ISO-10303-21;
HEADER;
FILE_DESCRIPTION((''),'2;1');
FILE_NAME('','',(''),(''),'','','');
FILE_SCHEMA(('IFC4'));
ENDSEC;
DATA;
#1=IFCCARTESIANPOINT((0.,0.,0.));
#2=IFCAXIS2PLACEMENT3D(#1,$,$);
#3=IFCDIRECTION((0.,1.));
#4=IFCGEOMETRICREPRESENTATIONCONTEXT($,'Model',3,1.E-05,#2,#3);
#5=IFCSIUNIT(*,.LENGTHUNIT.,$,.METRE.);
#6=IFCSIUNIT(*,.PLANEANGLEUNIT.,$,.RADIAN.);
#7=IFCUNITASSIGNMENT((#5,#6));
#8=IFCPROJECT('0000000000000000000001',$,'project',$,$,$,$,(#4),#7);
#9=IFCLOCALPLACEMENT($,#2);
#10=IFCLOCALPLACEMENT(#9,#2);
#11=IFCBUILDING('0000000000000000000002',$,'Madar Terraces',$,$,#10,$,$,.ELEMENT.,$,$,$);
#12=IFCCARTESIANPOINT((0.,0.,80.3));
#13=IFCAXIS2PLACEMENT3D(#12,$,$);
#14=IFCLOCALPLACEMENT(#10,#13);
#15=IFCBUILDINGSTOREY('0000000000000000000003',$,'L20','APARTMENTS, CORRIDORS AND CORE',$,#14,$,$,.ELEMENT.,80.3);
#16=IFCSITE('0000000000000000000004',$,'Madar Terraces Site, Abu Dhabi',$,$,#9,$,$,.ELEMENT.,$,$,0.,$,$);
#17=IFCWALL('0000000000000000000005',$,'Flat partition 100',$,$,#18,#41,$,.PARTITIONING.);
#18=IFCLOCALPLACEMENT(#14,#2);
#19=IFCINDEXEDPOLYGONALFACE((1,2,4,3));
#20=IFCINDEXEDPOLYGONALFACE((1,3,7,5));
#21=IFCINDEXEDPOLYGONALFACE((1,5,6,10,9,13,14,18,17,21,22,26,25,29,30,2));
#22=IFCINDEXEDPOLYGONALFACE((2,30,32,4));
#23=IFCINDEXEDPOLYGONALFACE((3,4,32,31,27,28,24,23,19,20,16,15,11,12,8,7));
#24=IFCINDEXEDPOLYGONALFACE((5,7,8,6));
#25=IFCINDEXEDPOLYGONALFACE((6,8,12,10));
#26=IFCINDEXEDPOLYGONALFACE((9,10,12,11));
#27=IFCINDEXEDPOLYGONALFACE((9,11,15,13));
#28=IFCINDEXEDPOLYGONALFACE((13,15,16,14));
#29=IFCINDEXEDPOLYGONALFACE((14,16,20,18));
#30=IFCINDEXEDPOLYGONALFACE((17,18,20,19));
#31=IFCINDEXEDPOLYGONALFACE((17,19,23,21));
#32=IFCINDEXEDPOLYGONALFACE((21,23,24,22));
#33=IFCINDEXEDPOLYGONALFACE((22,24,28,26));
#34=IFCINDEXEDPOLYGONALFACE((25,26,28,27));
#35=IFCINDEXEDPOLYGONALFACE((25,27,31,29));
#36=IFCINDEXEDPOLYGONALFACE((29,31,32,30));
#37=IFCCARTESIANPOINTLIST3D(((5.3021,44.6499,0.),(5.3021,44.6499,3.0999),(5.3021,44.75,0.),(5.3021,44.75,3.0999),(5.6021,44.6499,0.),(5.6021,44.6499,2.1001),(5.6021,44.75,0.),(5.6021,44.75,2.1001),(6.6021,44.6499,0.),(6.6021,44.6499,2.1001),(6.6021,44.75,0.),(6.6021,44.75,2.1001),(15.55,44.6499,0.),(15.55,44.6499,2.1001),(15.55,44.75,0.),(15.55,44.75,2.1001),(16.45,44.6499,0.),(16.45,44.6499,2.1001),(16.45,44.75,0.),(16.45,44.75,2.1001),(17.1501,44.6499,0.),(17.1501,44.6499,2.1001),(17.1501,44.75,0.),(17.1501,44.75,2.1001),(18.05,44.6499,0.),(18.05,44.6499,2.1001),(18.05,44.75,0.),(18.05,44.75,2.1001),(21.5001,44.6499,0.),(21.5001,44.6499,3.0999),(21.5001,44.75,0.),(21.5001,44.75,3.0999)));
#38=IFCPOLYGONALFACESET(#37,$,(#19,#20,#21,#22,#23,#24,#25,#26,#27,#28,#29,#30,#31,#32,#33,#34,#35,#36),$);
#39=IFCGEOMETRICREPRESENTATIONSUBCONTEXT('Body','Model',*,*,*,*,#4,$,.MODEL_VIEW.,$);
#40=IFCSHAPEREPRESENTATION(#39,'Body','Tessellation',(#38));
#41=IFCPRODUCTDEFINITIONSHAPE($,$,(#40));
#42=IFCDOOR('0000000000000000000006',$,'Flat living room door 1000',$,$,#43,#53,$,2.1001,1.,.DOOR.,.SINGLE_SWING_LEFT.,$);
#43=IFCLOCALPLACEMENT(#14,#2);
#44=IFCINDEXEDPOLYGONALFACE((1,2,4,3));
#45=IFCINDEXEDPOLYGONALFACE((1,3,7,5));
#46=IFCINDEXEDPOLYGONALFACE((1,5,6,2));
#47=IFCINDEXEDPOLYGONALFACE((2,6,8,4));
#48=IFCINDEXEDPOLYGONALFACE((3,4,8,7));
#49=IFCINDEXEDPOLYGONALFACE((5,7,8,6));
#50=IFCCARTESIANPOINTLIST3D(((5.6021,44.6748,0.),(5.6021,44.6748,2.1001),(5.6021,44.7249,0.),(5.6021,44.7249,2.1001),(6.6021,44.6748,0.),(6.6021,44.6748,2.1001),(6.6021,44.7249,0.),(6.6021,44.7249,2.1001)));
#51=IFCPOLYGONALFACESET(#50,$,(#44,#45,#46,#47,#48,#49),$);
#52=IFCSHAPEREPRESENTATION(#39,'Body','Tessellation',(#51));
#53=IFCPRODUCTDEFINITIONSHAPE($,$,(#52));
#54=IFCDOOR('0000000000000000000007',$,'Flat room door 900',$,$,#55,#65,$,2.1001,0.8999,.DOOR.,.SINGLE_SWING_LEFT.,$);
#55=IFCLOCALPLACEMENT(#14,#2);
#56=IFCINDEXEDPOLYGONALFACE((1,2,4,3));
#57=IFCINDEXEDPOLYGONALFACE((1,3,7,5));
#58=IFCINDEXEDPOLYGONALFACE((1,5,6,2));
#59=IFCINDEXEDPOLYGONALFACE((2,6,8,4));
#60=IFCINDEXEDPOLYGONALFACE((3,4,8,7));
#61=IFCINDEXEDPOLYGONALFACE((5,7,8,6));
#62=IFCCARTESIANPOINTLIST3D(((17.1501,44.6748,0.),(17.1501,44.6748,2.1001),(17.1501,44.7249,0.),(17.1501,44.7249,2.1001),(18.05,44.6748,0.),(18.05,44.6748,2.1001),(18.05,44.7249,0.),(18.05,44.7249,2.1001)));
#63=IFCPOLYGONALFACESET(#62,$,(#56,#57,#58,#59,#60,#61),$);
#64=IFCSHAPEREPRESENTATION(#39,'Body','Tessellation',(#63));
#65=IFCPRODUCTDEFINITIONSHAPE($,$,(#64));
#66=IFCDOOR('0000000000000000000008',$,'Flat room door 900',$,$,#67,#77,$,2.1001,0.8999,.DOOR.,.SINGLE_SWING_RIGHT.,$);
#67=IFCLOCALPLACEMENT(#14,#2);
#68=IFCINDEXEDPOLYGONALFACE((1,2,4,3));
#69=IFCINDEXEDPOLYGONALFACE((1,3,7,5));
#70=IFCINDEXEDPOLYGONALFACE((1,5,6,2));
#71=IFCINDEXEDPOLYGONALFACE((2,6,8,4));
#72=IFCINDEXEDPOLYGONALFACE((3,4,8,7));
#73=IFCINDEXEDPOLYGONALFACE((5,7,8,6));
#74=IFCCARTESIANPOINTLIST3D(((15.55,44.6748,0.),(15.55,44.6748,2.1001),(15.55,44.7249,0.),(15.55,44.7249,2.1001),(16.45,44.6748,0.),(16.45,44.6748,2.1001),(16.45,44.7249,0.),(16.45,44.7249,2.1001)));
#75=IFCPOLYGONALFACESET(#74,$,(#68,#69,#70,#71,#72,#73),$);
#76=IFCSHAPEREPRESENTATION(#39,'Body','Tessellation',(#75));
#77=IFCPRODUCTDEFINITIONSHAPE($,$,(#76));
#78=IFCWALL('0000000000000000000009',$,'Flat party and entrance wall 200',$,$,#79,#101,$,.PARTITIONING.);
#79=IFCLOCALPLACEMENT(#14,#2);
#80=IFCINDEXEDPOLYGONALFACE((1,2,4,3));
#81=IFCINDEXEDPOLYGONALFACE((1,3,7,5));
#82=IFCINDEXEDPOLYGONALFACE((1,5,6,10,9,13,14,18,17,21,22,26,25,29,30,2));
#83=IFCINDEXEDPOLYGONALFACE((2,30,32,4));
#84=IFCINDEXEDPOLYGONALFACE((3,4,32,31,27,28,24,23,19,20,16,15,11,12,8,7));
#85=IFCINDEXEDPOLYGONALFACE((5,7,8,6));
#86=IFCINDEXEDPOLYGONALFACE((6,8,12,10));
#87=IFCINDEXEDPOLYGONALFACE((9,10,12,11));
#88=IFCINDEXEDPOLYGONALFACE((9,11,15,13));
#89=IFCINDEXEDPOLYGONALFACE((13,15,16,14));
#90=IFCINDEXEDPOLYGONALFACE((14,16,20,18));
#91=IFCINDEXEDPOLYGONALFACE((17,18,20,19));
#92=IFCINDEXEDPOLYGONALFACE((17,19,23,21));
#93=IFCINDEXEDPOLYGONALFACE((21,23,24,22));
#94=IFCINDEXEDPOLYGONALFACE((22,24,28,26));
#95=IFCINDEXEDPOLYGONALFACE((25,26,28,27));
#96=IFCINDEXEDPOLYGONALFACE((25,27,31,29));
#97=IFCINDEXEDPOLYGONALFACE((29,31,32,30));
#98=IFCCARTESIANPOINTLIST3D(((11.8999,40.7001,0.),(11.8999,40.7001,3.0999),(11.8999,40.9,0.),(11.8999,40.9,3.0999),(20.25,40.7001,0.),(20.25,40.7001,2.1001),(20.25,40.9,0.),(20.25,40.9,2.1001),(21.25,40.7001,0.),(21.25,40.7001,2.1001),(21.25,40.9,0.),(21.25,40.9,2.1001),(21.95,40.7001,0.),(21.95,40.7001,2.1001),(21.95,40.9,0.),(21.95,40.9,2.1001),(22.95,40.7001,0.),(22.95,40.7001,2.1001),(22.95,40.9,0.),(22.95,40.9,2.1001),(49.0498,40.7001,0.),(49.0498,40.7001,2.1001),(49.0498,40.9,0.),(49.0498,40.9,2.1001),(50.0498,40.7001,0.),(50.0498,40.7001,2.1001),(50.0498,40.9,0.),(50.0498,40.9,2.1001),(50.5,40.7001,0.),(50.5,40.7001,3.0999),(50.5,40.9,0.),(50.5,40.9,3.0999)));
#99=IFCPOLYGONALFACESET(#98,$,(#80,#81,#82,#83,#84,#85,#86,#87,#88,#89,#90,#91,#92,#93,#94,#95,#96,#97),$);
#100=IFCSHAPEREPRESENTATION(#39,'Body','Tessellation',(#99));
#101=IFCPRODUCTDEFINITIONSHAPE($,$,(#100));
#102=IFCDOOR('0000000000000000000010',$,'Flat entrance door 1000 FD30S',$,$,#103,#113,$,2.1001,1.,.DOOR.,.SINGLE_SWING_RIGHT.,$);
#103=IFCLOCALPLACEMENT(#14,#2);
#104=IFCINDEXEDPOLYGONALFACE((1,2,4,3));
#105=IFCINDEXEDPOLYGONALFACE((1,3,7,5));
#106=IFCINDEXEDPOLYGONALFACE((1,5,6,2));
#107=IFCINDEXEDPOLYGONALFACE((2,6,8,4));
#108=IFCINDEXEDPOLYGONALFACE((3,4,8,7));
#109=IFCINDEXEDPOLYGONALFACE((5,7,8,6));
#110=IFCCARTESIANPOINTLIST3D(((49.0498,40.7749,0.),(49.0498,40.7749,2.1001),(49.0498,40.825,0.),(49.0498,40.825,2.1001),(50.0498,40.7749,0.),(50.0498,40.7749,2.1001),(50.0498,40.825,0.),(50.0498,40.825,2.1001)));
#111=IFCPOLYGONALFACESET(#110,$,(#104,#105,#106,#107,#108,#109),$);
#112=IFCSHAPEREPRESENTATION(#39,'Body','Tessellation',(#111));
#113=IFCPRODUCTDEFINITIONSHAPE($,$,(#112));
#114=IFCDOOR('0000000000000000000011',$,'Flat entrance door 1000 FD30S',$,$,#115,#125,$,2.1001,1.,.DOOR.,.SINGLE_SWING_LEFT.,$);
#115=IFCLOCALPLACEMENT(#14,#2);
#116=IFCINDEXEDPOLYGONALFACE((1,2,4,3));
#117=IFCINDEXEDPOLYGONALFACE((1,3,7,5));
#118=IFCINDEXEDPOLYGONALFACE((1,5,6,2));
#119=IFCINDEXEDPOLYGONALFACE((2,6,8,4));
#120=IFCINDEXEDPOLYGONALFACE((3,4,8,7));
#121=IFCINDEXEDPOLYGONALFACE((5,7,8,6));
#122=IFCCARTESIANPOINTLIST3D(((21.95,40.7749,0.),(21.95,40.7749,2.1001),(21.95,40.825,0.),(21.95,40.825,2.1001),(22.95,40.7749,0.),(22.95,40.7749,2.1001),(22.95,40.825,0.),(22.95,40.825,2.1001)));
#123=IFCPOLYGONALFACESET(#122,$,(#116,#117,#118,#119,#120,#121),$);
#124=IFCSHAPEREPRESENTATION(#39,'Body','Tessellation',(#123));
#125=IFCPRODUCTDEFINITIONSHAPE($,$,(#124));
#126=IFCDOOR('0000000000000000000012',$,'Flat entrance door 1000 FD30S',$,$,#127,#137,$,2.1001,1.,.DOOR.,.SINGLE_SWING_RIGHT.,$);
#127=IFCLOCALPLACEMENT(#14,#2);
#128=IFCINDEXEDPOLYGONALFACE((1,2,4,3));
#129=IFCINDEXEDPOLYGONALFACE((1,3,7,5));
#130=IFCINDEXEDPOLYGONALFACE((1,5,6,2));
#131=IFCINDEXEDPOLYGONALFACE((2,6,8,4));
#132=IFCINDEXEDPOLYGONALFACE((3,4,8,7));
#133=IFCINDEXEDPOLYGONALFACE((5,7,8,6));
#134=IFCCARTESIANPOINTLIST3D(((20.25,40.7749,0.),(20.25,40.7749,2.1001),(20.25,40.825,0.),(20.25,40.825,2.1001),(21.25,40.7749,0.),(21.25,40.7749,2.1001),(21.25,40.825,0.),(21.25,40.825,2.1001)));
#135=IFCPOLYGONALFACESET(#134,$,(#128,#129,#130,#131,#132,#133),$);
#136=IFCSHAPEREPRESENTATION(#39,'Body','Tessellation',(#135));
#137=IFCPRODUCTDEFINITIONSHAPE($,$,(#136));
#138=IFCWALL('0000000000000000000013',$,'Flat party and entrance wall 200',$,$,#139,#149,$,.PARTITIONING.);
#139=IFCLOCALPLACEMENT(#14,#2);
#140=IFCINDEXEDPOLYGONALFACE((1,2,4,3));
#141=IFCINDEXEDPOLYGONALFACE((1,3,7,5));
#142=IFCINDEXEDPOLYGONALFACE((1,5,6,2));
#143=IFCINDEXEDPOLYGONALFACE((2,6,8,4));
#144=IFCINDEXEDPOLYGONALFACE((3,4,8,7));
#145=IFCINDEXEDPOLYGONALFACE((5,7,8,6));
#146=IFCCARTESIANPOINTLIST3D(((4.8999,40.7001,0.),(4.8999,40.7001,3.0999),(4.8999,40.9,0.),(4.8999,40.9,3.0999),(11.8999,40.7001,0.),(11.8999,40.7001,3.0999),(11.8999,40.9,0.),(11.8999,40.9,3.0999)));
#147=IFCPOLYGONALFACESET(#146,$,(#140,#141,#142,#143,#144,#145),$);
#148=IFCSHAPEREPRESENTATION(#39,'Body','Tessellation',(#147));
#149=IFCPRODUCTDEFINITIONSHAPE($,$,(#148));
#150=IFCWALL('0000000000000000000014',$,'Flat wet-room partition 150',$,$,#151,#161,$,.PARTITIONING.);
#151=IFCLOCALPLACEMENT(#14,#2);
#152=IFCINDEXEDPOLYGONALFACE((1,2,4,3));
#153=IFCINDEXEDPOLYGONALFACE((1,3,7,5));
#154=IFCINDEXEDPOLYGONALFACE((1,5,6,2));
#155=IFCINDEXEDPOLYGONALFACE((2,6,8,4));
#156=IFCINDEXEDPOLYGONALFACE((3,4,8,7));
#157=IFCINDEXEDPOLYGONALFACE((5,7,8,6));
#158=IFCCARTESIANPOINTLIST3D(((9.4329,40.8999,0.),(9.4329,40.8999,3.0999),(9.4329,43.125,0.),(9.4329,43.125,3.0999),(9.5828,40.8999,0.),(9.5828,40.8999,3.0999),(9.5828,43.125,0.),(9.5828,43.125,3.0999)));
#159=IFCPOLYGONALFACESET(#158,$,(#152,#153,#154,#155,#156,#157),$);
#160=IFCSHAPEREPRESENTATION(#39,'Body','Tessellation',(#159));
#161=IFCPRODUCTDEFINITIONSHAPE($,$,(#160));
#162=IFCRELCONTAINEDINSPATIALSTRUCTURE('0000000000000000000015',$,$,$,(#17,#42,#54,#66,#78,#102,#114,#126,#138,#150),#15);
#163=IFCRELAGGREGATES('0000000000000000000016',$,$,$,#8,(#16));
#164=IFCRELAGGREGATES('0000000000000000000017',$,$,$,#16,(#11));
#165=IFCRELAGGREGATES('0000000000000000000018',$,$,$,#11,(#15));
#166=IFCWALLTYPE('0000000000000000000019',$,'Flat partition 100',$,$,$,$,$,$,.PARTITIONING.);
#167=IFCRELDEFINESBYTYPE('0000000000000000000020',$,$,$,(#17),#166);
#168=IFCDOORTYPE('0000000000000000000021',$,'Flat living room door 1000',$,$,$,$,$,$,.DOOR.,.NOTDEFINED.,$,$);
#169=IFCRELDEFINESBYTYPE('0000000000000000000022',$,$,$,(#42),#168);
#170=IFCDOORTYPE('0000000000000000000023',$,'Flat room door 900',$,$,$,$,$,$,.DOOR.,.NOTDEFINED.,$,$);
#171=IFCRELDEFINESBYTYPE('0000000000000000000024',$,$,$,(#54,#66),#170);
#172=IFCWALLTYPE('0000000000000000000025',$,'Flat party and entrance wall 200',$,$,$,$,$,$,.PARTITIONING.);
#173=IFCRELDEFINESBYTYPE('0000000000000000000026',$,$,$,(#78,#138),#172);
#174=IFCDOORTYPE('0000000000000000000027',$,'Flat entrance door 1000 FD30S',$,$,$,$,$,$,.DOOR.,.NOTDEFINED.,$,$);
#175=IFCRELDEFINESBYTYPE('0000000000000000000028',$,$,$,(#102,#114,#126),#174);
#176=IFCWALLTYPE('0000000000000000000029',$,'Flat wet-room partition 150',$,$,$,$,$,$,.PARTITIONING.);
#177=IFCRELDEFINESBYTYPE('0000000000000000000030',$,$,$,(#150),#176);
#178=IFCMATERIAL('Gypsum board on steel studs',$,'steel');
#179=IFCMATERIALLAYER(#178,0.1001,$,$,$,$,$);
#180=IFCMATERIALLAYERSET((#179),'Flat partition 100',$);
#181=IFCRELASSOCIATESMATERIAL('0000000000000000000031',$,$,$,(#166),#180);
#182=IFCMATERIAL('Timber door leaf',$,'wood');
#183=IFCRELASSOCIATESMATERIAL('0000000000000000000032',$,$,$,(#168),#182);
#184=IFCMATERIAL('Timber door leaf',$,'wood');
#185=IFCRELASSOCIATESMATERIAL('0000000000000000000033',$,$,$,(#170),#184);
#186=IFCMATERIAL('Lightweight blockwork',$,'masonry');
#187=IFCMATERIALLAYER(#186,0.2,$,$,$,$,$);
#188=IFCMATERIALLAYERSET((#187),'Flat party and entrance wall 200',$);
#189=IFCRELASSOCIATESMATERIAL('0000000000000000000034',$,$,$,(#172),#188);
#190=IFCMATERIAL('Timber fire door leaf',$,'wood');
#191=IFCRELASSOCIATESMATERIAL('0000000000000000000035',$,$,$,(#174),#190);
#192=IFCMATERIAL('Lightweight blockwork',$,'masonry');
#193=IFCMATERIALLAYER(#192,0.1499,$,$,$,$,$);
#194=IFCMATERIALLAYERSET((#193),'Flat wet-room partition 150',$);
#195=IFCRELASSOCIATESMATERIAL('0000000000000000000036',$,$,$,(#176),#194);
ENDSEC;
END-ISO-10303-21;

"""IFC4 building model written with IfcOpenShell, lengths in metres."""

from ifc_helpers import new_model, si_unit, direction, frame, frame_2d, origin, place, context, subcontext, project, spatial, rectangle, extrude, material, layer, layer_set, type_object, element, fill, save


model = new_model("IFC4")

# Units and contexts
model_context = context("Model", 3, precision=1e-05, world=origin(), true_north=direction((0.0, 1.0)))
body_context = subcontext(model_context, "Body", "Model", "MODEL_VIEW")
ifc_project = project(units=[si_unit("LENGTHUNIT", "METRE"), si_unit("PLANEANGLEUNIT", "RADIAN")], contexts=[model_context])

# Site, building, storey
site_placement = place(None, origin())
site = spatial("IfcSite", under=ifc_project, at=site_placement, Name="Madar Terraces Site, Abu Dhabi", CompositionType="ELEMENT", RefElevation=0.0)
building_placement = place(site_placement, origin())
building = spatial("IfcBuilding", under=site, at=building_placement, Name="Madar Terraces", CompositionType="ELEMENT")
storey_placement = place(building_placement, frame((0.0, 0.0, 80.3)))
storey = spatial("IfcBuildingStorey", under=building, at=storey_placement, Name="L20", Description="APARTMENTS, CORRIDORS AND CORE", CompositionType="ELEMENT", Elevation=80.3)

# Shared definitions
ifc_material_1 = material(Name="Gypsum board on steel studs", Category="steel")
ifc_layer_1 = layer(ifc_material_1, 0.1001)
ifc_layer_set_1 = layer_set([ifc_layer_1], Name="Flat partition 100")
wall_type_1 = type_object("IfcWallType", Name="Flat partition 100", PredefinedType="PARTITIONING", material=ifc_layer_set_1)

# Walls, openings, doors
wall_1_placement = place(storey_placement, frame((5.302, 44.7, 0.0), z_axis=(0.0, 0.0, 1.0), x_axis=(1.0, 0.0, 0.0)))
wall_1 = element("IfcWall", 1, at=wall_1_placement, inside=storey, type_object=wall_type_1, Name="Flat partition 100", PredefinedType="PARTITIONING", context=body_context, shape_type="SweptSolid", body=[
    extrude(rectangle(XDim=16.198, YDim=0.1001, at=frame_2d((8.0991, 0.0))), origin(), (0.0, 0.0, 1.0), 3.0999),
])
opening_1_placement = place(wall_1_placement, frame((11.8481, 0.0, 0.0)))
opening_1 = element("IfcOpeningElement", 2, at=opening_1_placement, cuts=wall_1, PredefinedType="OPENING", context=body_context, shape_type="SweptSolid", body=[
    extrude(rectangle(XDim=0.8999, YDim=2.1001, at=frame_2d((0.45, 1.05))), frame((0.0, 0.0601, 0.0), z_axis=(0.0, -1.0, 0.0), x_axis=(1.0, 0.0, 0.0)), (0.0, 0.0, 1.0), 0.1201),
])
opening_2_placement = place(wall_1_placement, frame((10.248, 0.0, 0.0)))
opening_2 = element("IfcOpeningElement", 3, at=opening_2_placement, cuts=wall_1, PredefinedType="OPENING", context=body_context, shape_type="SweptSolid", body=[
    extrude(rectangle(XDim=0.8999, YDim=2.1001, at=frame_2d((0.45, 1.05))), frame((0.0, 0.0601, 0.0), z_axis=(0.0, -1.0, 0.0), x_axis=(1.0, 0.0, 0.0)), (0.0, 0.0, 1.0), 0.1201),
])
opening_3_placement = place(wall_1_placement, frame((0.3, 0.0, 0.0)))
opening_3 = element("IfcOpeningElement", 4, at=opening_3_placement, cuts=wall_1, PredefinedType="OPENING", context=body_context, shape_type="SweptSolid", body=[
    extrude(rectangle(XDim=1.0, YDim=2.1001, at=frame_2d((0.5, 1.05))), frame((0.0, 0.0601, 0.0), z_axis=(0.0, -1.0, 0.0), x_axis=(1.0, 0.0, 0.0)), (0.0, 0.0, 1.0), 0.1201),
])
ifc_material_2 = material(Name="Timber door leaf", Category="wood")
door_type_1 = type_object("IfcDoorType", Name="Flat living room door 1000", OperationType="NOTDEFINED", PredefinedType="DOOR", material=ifc_material_2)
door_1_placement = place(opening_3_placement, origin())
door_1 = element("IfcDoor", 5, at=door_1_placement, inside=storey, type_object=door_type_1, Name="Flat living room door 1000", OperationType="SINGLE_SWING_LEFT", OverallHeight=2.1001, OverallWidth=1.0, PredefinedType="DOOR", context=body_context, shape_type="SweptSolid", body=[
    extrude(rectangle(XDim=1.0, YDim=2.1001, at=frame_2d((0.5, 1.05))), frame((0.0, 0.0249, 0.0), z_axis=(0.0, -1.0, 0.0), x_axis=(1.0, 0.0, 0.0)), (0.0, 0.0, 1.0), 0.05),
])
fill(opening_3, door_1)
ifc_material_3 = material(Name="Timber door leaf", Category="wood")
door_type_2 = type_object("IfcDoorType", Name="Flat room door 900", OperationType="NOTDEFINED", PredefinedType="DOOR", material=ifc_material_3)
door_2_placement = place(opening_1_placement, origin())
door_2 = element("IfcDoor", 6, at=door_2_placement, inside=storey, type_object=door_type_2, Name="Flat room door 900", OperationType="SINGLE_SWING_LEFT", OverallHeight=2.1001, OverallWidth=0.8999, PredefinedType="DOOR", context=body_context, shape_type="SweptSolid", body=[
    extrude(rectangle(XDim=0.8999, YDim=2.1001, at=frame_2d((0.45, 1.05))), frame((0.0, 0.0249, 0.0), z_axis=(0.0, -1.0, 0.0), x_axis=(1.0, 0.0, 0.0)), (0.0, 0.0, 1.0), 0.05),
])
fill(opening_1, door_2)
door_3_placement = place(opening_2_placement, origin())
door_3 = element("IfcDoor", 7, at=door_3_placement, inside=storey, type_object=door_type_2, Name="Flat room door 900", OperationType="SINGLE_SWING_RIGHT", OverallHeight=2.1001, OverallWidth=0.8999, PredefinedType="DOOR", context=body_context, shape_type="SweptSolid", body=[
    extrude(rectangle(XDim=0.8999, YDim=2.1001, at=frame_2d((0.45, 1.05))), frame((0.0, 0.0249, 0.0), z_axis=(0.0, -1.0, 0.0), x_axis=(1.0, 0.0, 0.0)), (0.0, 0.0, 1.0), 0.05),
])
fill(opening_2, door_3)
ifc_material_4 = material(Name="Lightweight blockwork", Category="masonry")
ifc_layer_2 = layer(ifc_material_4, 0.2)
ifc_layer_set_2 = layer_set([ifc_layer_2], Name="Flat party and entrance wall 200")
wall_type_2 = type_object("IfcWallType", Name="Flat party and entrance wall 200", PredefinedType="PARTITIONING", material=ifc_layer_set_2)
wall_2_placement = place(storey_placement, frame((11.8999, 40.8, 0.0), z_axis=(0.0, 0.0, 1.0), x_axis=(1.0, 0.0, 0.0)))
wall_2 = element("IfcWall", 8, at=wall_2_placement, inside=storey, type_object=wall_type_2, Name="Flat party and entrance wall 200", PredefinedType="PARTITIONING", context=body_context, shape_type="SweptSolid", body=[
    extrude(rectangle(XDim=38.6001, YDim=0.2, at=frame_2d((19.3, 0.0))), origin(), (0.0, 0.0, 1.0), 3.0999),
])
opening_4_placement = place(wall_2_placement, frame((37.1499, 0.0, 0.0)))
opening_4 = element("IfcOpeningElement", 9, at=opening_4_placement, cuts=wall_2, PredefinedType="OPENING", context=body_context, shape_type="SweptSolid", body=[
    extrude(rectangle(XDim=1.0, YDim=2.1001, at=frame_2d((0.5, 1.05))), frame((0.0, 0.1099, 0.0), z_axis=(0.0, -1.0, 0.0), x_axis=(1.0, 0.0, 0.0)), (0.0, 0.0, 1.0), 0.22),
])
opening_5_placement = place(wall_2_placement, frame((10.05, 0.0, 0.0)))
opening_5 = element("IfcOpeningElement", 10, at=opening_5_placement, cuts=wall_2, PredefinedType="OPENING", context=body_context, shape_type="SweptSolid", body=[
    extrude(rectangle(XDim=1.0, YDim=2.1001, at=frame_2d((0.5, 1.05))), frame((0.0, 0.1099, 0.0), z_axis=(0.0, -1.0, 0.0), x_axis=(1.0, 0.0, 0.0)), (0.0, 0.0, 1.0), 0.22),
])
opening_6_placement = place(wall_2_placement, frame((8.3501, 0.0, 0.0)))
opening_6 = element("IfcOpeningElement", 11, at=opening_6_placement, cuts=wall_2, PredefinedType="OPENING", context=body_context, shape_type="SweptSolid", body=[
    extrude(rectangle(XDim=1.0, YDim=2.1001, at=frame_2d((0.5, 1.05))), frame((0.0, 0.1099, 0.0), z_axis=(0.0, -1.0, 0.0), x_axis=(1.0, 0.0, 0.0)), (0.0, 0.0, 1.0), 0.22),
])
ifc_material_5 = material(Name="Timber fire door leaf", Category="wood")
door_type_3 = type_object("IfcDoorType", Name="Flat entrance door 1000 FD30S", OperationType="NOTDEFINED", PredefinedType="DOOR", material=ifc_material_5)
door_4_placement = place(opening_4_placement, origin())
door_4 = element("IfcDoor", 12, at=door_4_placement, inside=storey, type_object=door_type_3, Name="Flat entrance door 1000 FD30S", OperationType="SINGLE_SWING_RIGHT", OverallHeight=2.1001, OverallWidth=1.0, PredefinedType="DOOR", context=body_context, shape_type="SweptSolid", body=[
    extrude(rectangle(XDim=1.0, YDim=2.1001, at=frame_2d((0.5, 1.05))), frame((0.0, 0.0249, 0.0), z_axis=(0.0, -1.0, 0.0), x_axis=(1.0, 0.0, 0.0)), (0.0, 0.0, 1.0), 0.05),
])
fill(opening_4, door_4)
door_5_placement = place(opening_5_placement, origin())
door_5 = element("IfcDoor", 13, at=door_5_placement, inside=storey, type_object=door_type_3, Name="Flat entrance door 1000 FD30S", OperationType="SINGLE_SWING_LEFT", OverallHeight=2.1001, OverallWidth=1.0, PredefinedType="DOOR", context=body_context, shape_type="SweptSolid", body=[
    extrude(rectangle(XDim=1.0, YDim=2.1001, at=frame_2d((0.5, 1.05))), frame((0.0, 0.0249, 0.0), z_axis=(0.0, -1.0, 0.0), x_axis=(1.0, 0.0, 0.0)), (0.0, 0.0, 1.0), 0.05),
])
fill(opening_5, door_5)
door_6_placement = place(opening_6_placement, origin())
door_6 = element("IfcDoor", 14, at=door_6_placement, inside=storey, type_object=door_type_3, Name="Flat entrance door 1000 FD30S", OperationType="SINGLE_SWING_RIGHT", OverallHeight=2.1001, OverallWidth=1.0, PredefinedType="DOOR", context=body_context, shape_type="SweptSolid", body=[
    extrude(rectangle(XDim=1.0, YDim=2.1001, at=frame_2d((0.5, 1.05))), frame((0.0, 0.0249, 0.0), z_axis=(0.0, -1.0, 0.0), x_axis=(1.0, 0.0, 0.0)), (0.0, 0.0, 1.0), 0.05),
])
fill(opening_6, door_6)

# Walls
wall_3_placement = place(storey_placement, frame((4.8999, 40.8, 0.0), z_axis=(0.0, 0.0, 1.0), x_axis=(1.0, 0.0, 0.0)))
element("IfcWall", 15, at=wall_3_placement, inside=storey, type_object=wall_type_2, Name="Flat party and entrance wall 200", PredefinedType="PARTITIONING", context=body_context, shape_type="SweptSolid", body=[
    extrude(rectangle(XDim=7.0, YDim=0.2, at=frame_2d((3.5, 0.0))), origin(), (0.0, 0.0, 1.0), 3.0999),
])
ifc_material_6 = material(Name="Lightweight blockwork", Category="masonry")
ifc_layer_3 = layer(ifc_material_6, 0.1499)
ifc_layer_set_3 = layer_set([ifc_layer_3], Name="Flat wet-room partition 150")
wall_type_3 = type_object("IfcWallType", Name="Flat wet-room partition 150", PredefinedType="PARTITIONING", material=ifc_layer_set_3)
wall_4_placement = place(storey_placement, frame((9.5078, 40.8999, 0.0), z_axis=(0.0, 0.0, 1.0), x_axis=(0.0, 1.0, 0.0)))
element("IfcWall", 16, at=wall_4_placement, inside=storey, type_object=wall_type_3, Name="Flat wet-room partition 150", PredefinedType="PARTITIONING", context=body_context, shape_type="SweptSolid", body=[
    extrude(rectangle(XDim=2.2251, YDim=0.1499, at=frame_2d((1.1125, 0.0))), origin(), (0.0, 0.0, 1.0), 3.0999),
])

save(model, "model.ifc")
